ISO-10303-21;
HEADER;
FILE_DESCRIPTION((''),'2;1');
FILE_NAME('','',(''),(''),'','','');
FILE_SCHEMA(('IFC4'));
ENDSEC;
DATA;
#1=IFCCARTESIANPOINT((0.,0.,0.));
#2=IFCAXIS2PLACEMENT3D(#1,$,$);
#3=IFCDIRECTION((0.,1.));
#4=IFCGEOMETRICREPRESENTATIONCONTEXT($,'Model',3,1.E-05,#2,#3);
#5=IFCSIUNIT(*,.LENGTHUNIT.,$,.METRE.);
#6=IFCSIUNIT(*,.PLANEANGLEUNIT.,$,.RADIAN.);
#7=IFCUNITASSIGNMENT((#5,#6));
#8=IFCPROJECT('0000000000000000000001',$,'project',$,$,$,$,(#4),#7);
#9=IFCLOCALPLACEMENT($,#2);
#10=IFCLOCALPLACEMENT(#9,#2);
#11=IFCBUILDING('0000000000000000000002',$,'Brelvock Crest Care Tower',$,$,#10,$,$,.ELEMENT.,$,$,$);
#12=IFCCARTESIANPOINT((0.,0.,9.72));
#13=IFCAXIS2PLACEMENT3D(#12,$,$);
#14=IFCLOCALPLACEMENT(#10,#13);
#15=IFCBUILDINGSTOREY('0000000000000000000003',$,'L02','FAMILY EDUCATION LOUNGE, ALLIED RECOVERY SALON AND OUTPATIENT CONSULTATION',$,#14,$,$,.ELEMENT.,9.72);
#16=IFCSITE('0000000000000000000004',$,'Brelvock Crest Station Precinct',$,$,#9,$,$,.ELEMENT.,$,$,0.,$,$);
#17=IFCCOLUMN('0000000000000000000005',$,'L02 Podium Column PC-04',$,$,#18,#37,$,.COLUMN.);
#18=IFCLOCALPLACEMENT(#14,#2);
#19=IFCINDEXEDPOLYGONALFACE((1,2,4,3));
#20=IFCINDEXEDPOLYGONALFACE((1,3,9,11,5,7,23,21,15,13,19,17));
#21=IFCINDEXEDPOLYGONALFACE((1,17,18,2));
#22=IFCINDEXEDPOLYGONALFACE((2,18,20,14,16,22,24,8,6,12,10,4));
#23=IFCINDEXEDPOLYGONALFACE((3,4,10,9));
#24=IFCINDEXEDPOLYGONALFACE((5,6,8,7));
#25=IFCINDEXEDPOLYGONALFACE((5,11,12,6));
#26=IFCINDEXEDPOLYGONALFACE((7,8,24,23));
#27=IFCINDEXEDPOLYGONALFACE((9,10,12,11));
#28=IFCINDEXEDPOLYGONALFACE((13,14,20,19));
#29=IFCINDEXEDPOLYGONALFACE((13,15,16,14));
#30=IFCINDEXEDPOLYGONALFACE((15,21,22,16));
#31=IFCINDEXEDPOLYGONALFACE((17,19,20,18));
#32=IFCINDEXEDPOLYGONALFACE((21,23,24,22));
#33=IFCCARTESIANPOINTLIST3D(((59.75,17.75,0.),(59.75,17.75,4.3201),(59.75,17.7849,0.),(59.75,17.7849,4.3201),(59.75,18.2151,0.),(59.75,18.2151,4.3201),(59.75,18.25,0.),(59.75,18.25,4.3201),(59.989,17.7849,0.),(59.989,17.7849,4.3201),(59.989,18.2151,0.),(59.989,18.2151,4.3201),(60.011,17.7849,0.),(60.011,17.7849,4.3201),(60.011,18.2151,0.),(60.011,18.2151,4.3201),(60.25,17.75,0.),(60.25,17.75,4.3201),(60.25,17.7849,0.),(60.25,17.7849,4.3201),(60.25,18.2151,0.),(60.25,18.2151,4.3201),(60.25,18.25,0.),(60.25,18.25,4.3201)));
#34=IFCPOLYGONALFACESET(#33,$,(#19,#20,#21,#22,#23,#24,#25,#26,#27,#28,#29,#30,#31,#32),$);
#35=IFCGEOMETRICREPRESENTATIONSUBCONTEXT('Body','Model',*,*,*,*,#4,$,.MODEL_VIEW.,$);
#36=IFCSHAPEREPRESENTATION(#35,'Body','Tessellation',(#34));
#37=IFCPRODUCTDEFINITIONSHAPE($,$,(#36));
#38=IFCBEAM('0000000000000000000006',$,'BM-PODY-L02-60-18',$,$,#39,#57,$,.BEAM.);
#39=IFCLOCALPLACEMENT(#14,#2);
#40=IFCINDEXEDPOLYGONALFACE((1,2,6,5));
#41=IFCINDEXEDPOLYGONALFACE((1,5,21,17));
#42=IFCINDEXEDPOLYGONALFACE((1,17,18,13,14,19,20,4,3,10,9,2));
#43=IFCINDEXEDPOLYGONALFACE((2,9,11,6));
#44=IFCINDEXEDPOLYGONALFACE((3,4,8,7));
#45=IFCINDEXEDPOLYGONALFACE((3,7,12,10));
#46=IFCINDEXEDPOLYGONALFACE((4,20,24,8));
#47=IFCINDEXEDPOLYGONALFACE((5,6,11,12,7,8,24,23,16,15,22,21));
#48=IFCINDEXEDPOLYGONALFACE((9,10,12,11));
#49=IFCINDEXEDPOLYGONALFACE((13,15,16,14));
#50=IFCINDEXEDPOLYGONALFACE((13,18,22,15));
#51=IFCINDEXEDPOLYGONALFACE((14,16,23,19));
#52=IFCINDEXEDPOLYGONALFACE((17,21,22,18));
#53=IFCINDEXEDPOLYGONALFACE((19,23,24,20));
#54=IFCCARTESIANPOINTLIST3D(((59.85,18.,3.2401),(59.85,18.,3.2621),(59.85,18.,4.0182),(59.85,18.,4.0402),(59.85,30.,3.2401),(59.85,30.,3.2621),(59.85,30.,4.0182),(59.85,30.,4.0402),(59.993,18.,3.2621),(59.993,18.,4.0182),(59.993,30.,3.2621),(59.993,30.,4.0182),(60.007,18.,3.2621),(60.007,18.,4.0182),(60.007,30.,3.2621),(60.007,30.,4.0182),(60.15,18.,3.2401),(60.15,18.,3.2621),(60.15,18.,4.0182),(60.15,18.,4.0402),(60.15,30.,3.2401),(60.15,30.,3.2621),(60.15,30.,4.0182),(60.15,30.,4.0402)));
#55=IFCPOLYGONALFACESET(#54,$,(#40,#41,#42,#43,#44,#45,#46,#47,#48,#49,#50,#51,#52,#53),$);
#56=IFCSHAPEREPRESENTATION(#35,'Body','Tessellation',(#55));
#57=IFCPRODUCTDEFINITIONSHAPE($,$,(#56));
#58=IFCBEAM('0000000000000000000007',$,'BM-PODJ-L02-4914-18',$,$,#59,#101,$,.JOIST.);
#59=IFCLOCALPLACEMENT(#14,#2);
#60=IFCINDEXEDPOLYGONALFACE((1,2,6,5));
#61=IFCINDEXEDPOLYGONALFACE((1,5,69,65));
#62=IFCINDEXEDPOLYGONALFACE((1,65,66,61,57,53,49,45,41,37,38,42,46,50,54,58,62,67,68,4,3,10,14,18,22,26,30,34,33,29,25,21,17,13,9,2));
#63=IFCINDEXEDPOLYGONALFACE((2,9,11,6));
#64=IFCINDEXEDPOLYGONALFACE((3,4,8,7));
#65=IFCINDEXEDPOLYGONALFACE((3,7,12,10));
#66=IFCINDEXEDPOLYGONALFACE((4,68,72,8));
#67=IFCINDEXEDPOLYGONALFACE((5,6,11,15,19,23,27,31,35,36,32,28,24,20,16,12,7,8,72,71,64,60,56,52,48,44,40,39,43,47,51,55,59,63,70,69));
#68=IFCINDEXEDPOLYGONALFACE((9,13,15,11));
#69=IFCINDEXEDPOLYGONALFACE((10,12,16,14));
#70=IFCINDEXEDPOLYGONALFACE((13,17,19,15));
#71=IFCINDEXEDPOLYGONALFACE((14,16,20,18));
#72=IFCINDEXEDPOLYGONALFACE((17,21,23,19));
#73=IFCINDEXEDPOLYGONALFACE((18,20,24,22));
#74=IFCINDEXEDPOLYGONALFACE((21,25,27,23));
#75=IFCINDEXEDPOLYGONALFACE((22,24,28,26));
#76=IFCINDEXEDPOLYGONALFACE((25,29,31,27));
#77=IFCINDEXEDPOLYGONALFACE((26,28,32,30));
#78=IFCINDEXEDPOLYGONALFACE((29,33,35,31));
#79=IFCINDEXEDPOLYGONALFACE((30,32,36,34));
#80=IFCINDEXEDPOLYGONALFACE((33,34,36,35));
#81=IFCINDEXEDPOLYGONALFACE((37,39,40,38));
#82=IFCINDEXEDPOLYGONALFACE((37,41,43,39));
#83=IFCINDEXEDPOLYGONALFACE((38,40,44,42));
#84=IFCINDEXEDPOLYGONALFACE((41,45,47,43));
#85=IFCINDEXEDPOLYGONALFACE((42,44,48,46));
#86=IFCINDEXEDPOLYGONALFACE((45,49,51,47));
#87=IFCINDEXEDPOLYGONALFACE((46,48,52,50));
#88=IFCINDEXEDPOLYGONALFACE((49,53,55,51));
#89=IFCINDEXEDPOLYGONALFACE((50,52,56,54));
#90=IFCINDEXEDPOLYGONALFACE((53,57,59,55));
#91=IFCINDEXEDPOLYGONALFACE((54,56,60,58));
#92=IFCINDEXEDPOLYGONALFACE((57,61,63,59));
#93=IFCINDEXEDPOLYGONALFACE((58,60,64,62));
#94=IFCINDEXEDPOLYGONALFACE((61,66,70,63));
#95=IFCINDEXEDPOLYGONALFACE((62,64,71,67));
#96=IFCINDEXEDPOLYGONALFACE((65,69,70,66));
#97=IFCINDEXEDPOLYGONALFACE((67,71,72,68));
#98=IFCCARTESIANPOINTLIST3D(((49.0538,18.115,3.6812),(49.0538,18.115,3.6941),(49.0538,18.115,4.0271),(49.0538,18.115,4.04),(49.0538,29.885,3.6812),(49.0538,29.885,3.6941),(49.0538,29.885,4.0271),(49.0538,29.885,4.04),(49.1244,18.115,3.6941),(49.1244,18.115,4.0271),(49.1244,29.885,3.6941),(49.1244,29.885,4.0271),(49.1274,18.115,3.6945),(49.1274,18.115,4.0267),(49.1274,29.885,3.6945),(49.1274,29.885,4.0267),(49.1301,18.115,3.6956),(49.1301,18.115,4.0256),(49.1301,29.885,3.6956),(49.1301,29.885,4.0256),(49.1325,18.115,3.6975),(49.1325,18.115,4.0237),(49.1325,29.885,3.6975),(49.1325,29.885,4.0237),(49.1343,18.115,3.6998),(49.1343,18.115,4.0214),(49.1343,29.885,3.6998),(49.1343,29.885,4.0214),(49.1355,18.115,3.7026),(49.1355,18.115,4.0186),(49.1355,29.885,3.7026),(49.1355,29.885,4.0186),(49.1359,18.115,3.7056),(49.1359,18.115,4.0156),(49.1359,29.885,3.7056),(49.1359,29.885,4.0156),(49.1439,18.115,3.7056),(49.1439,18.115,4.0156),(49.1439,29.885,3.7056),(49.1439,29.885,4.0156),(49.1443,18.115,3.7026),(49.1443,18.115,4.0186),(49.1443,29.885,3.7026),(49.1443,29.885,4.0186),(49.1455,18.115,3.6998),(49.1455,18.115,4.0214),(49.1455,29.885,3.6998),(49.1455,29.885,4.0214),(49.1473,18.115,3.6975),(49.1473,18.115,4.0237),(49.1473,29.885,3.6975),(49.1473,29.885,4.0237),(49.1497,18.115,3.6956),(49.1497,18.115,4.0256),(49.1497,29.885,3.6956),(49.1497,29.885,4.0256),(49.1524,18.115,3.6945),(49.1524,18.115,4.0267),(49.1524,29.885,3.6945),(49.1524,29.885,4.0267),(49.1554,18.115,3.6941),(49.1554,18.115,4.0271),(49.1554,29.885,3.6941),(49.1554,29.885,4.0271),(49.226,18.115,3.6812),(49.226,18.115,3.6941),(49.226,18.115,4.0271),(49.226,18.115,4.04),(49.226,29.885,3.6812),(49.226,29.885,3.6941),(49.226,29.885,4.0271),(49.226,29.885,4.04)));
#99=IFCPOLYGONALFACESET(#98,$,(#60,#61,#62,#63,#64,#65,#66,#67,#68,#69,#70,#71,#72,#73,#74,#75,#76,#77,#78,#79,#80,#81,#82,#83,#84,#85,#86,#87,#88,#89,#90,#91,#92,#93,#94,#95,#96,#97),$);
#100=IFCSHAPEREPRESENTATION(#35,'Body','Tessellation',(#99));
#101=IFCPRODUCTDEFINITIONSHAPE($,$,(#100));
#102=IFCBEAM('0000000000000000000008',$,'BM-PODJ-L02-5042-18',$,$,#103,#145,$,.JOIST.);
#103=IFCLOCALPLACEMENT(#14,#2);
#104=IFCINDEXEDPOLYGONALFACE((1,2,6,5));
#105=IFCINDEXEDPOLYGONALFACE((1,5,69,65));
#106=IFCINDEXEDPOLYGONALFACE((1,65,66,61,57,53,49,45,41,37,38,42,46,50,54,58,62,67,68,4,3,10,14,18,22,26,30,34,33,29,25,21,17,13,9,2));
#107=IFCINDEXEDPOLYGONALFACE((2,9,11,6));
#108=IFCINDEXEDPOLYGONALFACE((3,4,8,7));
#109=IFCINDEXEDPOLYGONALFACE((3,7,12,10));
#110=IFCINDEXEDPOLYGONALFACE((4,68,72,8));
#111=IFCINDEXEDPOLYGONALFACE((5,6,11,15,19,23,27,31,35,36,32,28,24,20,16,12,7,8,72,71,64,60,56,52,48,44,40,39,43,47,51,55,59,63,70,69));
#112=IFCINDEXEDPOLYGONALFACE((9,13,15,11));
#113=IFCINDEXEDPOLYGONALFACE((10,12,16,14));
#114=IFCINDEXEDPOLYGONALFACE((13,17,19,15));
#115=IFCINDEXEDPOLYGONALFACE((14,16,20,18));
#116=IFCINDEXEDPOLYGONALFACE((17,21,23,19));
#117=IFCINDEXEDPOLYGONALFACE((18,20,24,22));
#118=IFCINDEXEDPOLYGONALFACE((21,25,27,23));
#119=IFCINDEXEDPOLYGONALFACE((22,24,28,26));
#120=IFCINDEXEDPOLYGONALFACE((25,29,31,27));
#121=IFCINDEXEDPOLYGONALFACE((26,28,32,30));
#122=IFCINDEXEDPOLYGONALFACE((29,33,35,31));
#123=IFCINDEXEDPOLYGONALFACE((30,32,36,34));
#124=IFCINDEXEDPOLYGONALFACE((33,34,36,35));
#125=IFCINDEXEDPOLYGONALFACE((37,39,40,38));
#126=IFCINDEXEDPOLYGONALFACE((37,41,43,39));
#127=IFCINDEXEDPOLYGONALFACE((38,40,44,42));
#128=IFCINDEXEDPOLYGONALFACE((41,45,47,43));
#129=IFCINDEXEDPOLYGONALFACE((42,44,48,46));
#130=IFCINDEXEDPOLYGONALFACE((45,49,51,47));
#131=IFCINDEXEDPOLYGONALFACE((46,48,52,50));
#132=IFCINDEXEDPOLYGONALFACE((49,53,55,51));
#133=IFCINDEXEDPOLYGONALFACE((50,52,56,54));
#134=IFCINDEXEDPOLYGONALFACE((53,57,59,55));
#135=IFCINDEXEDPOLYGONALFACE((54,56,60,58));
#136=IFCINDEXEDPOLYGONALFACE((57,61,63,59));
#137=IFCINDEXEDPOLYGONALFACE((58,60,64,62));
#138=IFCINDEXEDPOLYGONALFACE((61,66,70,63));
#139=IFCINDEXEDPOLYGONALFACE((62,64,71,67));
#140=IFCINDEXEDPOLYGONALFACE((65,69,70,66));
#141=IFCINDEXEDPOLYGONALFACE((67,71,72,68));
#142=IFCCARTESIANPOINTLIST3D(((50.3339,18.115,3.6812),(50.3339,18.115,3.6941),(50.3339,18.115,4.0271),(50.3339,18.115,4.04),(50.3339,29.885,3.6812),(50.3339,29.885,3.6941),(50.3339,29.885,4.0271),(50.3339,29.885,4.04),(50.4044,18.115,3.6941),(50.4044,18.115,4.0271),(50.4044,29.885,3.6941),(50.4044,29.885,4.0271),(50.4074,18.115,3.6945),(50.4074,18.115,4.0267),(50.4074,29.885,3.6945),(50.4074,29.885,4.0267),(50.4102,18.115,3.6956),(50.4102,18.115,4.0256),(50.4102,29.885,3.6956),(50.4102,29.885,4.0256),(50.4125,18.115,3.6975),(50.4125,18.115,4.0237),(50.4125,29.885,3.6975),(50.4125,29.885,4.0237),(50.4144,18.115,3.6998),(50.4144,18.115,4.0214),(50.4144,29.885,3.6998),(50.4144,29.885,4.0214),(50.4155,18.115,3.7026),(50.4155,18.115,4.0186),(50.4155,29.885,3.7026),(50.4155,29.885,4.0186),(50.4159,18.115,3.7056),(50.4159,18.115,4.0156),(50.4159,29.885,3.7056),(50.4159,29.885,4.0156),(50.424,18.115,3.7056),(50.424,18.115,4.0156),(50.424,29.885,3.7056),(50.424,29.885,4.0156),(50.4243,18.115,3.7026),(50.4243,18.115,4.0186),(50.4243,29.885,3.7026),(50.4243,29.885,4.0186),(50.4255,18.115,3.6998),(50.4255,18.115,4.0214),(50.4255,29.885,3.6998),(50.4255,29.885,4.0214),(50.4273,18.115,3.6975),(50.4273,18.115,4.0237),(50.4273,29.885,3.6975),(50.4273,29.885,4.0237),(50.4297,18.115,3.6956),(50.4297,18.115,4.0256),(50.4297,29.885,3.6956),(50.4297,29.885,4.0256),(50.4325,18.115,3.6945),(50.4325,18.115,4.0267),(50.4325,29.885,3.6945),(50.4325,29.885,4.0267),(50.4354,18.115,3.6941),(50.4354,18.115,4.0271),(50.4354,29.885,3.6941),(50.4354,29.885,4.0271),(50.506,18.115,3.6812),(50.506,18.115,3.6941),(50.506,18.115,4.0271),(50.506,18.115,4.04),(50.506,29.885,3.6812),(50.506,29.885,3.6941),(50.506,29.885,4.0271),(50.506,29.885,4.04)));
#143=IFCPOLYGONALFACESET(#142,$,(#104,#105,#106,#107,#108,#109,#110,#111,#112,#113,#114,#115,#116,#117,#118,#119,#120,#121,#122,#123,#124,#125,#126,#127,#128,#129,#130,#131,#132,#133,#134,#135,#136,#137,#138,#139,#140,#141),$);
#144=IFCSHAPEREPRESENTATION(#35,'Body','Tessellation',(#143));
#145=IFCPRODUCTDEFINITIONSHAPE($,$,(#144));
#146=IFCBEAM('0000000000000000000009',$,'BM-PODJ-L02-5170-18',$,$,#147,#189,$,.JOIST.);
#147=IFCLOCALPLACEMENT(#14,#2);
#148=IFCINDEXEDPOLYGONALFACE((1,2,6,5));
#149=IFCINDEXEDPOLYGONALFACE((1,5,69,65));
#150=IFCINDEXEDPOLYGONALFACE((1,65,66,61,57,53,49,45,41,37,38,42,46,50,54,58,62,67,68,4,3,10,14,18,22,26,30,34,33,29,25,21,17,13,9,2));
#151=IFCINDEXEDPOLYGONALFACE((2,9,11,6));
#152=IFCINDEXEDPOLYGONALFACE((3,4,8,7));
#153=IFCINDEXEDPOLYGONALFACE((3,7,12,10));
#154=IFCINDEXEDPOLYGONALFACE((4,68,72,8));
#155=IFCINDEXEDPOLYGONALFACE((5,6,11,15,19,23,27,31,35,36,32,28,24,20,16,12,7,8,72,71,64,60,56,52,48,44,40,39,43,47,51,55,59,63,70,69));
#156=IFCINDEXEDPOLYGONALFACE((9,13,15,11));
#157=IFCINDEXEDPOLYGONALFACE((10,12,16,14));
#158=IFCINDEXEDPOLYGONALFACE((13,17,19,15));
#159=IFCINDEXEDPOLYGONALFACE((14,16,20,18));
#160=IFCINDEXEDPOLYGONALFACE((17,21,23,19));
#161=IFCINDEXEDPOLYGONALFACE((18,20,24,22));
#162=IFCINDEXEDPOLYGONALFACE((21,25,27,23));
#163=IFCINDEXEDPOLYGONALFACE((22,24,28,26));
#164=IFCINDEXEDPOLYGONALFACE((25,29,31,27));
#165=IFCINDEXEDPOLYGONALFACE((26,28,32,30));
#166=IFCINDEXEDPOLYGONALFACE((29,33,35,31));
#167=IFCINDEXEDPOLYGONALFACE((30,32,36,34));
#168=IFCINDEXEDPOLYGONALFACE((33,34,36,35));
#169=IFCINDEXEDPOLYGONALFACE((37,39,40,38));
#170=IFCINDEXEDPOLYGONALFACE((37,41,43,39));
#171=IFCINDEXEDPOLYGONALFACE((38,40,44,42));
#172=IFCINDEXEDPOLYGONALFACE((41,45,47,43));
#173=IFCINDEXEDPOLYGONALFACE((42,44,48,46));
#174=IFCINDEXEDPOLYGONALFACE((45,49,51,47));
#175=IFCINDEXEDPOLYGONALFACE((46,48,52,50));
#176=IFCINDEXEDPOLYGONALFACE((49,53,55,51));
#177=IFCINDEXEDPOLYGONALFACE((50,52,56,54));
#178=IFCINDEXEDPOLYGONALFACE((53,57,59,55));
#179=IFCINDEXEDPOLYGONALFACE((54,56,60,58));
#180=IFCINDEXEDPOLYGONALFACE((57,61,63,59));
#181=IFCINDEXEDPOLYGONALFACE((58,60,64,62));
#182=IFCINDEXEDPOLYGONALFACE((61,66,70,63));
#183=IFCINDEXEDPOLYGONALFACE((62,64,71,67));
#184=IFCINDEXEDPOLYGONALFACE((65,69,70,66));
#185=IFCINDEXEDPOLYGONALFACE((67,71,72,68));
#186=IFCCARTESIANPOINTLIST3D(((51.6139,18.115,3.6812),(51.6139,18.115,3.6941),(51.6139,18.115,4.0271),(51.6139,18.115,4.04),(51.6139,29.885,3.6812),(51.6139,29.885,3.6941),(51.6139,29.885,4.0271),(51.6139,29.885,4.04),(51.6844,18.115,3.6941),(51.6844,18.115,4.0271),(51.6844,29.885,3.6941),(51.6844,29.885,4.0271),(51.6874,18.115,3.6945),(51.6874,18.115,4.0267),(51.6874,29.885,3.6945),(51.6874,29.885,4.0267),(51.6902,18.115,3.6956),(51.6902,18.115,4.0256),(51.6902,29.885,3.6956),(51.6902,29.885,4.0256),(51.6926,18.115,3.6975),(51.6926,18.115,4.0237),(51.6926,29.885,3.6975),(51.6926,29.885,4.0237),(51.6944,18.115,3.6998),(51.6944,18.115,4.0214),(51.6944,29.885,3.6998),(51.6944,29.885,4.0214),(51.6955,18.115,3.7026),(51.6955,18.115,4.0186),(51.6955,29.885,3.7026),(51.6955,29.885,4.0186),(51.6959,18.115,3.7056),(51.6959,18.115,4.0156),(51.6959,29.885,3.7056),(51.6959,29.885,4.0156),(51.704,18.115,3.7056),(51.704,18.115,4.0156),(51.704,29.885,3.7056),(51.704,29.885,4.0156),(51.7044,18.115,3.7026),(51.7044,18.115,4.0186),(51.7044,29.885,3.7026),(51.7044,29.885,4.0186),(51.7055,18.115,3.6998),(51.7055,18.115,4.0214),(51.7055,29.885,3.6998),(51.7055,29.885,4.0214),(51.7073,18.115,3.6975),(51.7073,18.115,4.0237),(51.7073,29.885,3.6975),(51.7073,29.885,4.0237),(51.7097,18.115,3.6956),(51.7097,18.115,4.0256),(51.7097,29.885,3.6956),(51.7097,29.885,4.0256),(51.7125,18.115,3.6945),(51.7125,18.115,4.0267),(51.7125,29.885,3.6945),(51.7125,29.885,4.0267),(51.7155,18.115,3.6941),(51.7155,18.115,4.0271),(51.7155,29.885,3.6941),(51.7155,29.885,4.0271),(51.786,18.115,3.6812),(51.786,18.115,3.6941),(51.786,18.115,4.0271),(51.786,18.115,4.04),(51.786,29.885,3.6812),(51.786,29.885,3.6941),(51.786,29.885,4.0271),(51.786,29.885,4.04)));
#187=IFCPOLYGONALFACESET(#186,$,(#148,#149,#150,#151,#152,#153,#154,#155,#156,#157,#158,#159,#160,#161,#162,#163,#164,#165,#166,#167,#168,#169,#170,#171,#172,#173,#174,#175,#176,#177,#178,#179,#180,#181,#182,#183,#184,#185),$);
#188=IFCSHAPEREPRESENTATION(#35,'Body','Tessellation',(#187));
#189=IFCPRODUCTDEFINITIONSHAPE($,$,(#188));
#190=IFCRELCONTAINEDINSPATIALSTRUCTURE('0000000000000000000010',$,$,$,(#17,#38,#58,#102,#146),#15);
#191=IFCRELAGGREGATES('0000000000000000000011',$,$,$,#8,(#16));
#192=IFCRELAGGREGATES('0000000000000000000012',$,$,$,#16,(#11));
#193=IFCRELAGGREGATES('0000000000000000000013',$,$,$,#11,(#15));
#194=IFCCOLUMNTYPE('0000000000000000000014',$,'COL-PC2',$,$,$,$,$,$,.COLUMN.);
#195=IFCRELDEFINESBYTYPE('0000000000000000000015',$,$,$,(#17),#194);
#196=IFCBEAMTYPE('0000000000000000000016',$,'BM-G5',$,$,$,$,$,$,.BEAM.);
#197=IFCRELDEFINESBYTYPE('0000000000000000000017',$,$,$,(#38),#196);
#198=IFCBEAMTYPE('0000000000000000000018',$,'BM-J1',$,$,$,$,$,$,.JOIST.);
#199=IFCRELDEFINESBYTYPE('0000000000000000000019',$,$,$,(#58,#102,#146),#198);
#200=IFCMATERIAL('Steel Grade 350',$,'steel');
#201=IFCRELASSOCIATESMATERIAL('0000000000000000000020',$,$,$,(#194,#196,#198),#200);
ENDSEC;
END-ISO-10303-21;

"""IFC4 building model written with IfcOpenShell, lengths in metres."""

from ifc_helpers import new_model, si_unit, direction, frame, origin, origin_2d, place, context, subcontext, project, spatial, i_section, extrude, source, transform, mapped, material, material_profile, profile_set, type_object, element, save


model = new_model("IFC4")

# Units and contexts
model_context = context("Model", 3, precision=1e-05, world=origin(), true_north=direction((0.0, 1.0)))
body_context = subcontext(model_context, "Body", "Model", "MODEL_VIEW")
ifc_project = project(units=[si_unit("LENGTHUNIT", "METRE"), si_unit("PLANEANGLEUNIT", "RADIAN")], contexts=[model_context])

# Site, building, storey
site_placement = place(None, origin())
site = spatial("IfcSite", under=ifc_project, at=site_placement, Name="Brelvock Crest Station Precinct", CompositionType="ELEMENT", RefElevation=0.0)
building_placement = place(site_placement, origin())
building = spatial("IfcBuilding", under=site, at=building_placement, Name="Brelvock Crest Care Tower", CompositionType="ELEMENT")
storey_placement = place(building_placement, frame((0.0, 0.0, 9.72)))
storey = spatial("IfcBuildingStorey", under=building, at=storey_placement, Name="L02", Description="FAMILY EDUCATION LOUNGE, ALLIED RECOVERY SALON AND OUTPATIENT CONSULTATION", CompositionType="ELEMENT", Elevation=9.72)

# Column
ifc_material_1 = material(Name="Steel Grade 350", Category="steel")
ifc_material_profile_1 = material_profile(ifc_material_1, i_section(OverallWidth=0.5, OverallDepth=0.5, WebThickness=0.022, FlangeThickness=0.0349, at=origin_2d()), Name="500WC340")
ifc_profile_set_1 = profile_set([ifc_material_profile_1], Name="Steel Grade 350")
column_type = type_object("IfcColumnType", Name="COL-PC2", PredefinedType="COLUMN", material=ifc_profile_set_1)
shared_shape_1 = source(origin(), body_context, "Body", "SweptSolid", [
    extrude(i_section(OverallWidth=0.5, OverallDepth=0.5, WebThickness=0.022, FlangeThickness=0.0349, at=origin_2d()), origin(), (0.0, 0.0, 1.0), 4.3201),
])
column_placement = place(storey_placement, frame((60.0, 18.0, 0.0), z_axis=(0.0, 0.0, 1.0), x_axis=(1.0, 0.0, 0.0)))
element("IfcColumn", 1, at=column_placement, inside=storey, type_object=column_type, Name="L02 Podium Column PC-04", PredefinedType="COLUMN", context=body_context, shape_type="MappedRepresentation", body=[
    mapped(shared_shape_1, transform((0.0, 0.0, 0.0), x_axis=(1.0, 0.0, 0.0), y_axis=(0.0, 1.0, 0.0), z_axis=(0.0, 0.0, 1.0), scale=1.0)),
])

# Beams
ifc_material_profile_2 = material_profile(ifc_material_1, i_section(OverallWidth=0.3, OverallDepth=0.8, WebThickness=0.0139, FlangeThickness=0.022, at=origin_2d()), Name="800WB192")
ifc_profile_set_2 = profile_set([ifc_material_profile_2], Name="Steel Grade 350")
beam_type_1 = type_object("IfcBeamType", Name="BM-G5", PredefinedType="BEAM", material=ifc_profile_set_2)
shared_shape_2 = source(origin(), body_context, "Body", "SweptSolid", [
    extrude(i_section(OverallWidth=0.3, OverallDepth=0.8, WebThickness=0.0139, FlangeThickness=0.022, at=origin_2d()), origin(), (0.0, 0.0, 1.0), 12.0),
])
beam_placement = place(storey_placement, frame((60.0, 18.0, 3.6401), z_axis=(0.0, 1.0, 0.0), x_axis=(-1.0, 0.0, 0.0)))
element("IfcBeam", 2, at=beam_placement, inside=storey, type_object=beam_type_1, Name="BM-PODY-L02-60-18", PredefinedType="BEAM", context=body_context, shape_type="MappedRepresentation", body=[
    mapped(shared_shape_2, transform((0.0, 0.0, 0.0), x_axis=(1.0, 0.0, 0.0), y_axis=(0.0, 1.0, 0.0), z_axis=(0.0, 0.0, 1.0), scale=1.0)),
])
ifc_material_profile_3 = material_profile(ifc_material_1, i_section(OverallWidth=0.1721, OverallDepth=0.3589, WebThickness=0.0081, FlangeThickness=0.0129, FilletRadius=0.0115, at=origin_2d()), Name="360UB56.7")
ifc_profile_set_3 = profile_set([ifc_material_profile_3], Name="Steel Grade 350")
beam_type_2 = type_object("IfcBeamType", Name="BM-J1", PredefinedType="JOIST", material=ifc_profile_set_3)
shared_shape_3 = source(origin(), body_context, "Body", "SweptSolid", [
    extrude(i_section(OverallWidth=0.1721, OverallDepth=0.3589, WebThickness=0.0081, FlangeThickness=0.0129, FilletRadius=0.0115, at=origin_2d()), origin(), (0.0, 0.0, 1.0), 11.77),
])
for number, where, z_axis, x_axis, name in (
    (3, (49.1399, 18.115, 3.8606), (0.0, 1.0, 0.0), (-1.0, 0.0, 0.0), "BM-PODJ-L02-4914-18"),
    (4, (50.4199, 18.115, 3.8606), (0.0, 1.0, 0.0), (-1.0, 0.0, 0.0), "BM-PODJ-L02-5042-18"),
    (5, (51.7, 18.115, 3.8606), (0.0, 1.0, 0.0), (-1.0, 0.0, 0.0), "BM-PODJ-L02-5170-18"),
):
    element("IfcBeam", number, at=place(storey_placement, frame(where, z_axis=z_axis, x_axis=x_axis)), inside=storey, type_object=beam_type_2, Name=name, PredefinedType="JOIST", context=body_context, shape_type="MappedRepresentation", body=[
        mapped(shared_shape_3, transform((0.0, 0.0, 0.0), x_axis=(1.0, 0.0, 0.0), y_axis=(0.0, 1.0, 0.0), z_axis=(0.0, 0.0, 1.0), scale=1.0)),
    ])

save(model, "model.ifc")
